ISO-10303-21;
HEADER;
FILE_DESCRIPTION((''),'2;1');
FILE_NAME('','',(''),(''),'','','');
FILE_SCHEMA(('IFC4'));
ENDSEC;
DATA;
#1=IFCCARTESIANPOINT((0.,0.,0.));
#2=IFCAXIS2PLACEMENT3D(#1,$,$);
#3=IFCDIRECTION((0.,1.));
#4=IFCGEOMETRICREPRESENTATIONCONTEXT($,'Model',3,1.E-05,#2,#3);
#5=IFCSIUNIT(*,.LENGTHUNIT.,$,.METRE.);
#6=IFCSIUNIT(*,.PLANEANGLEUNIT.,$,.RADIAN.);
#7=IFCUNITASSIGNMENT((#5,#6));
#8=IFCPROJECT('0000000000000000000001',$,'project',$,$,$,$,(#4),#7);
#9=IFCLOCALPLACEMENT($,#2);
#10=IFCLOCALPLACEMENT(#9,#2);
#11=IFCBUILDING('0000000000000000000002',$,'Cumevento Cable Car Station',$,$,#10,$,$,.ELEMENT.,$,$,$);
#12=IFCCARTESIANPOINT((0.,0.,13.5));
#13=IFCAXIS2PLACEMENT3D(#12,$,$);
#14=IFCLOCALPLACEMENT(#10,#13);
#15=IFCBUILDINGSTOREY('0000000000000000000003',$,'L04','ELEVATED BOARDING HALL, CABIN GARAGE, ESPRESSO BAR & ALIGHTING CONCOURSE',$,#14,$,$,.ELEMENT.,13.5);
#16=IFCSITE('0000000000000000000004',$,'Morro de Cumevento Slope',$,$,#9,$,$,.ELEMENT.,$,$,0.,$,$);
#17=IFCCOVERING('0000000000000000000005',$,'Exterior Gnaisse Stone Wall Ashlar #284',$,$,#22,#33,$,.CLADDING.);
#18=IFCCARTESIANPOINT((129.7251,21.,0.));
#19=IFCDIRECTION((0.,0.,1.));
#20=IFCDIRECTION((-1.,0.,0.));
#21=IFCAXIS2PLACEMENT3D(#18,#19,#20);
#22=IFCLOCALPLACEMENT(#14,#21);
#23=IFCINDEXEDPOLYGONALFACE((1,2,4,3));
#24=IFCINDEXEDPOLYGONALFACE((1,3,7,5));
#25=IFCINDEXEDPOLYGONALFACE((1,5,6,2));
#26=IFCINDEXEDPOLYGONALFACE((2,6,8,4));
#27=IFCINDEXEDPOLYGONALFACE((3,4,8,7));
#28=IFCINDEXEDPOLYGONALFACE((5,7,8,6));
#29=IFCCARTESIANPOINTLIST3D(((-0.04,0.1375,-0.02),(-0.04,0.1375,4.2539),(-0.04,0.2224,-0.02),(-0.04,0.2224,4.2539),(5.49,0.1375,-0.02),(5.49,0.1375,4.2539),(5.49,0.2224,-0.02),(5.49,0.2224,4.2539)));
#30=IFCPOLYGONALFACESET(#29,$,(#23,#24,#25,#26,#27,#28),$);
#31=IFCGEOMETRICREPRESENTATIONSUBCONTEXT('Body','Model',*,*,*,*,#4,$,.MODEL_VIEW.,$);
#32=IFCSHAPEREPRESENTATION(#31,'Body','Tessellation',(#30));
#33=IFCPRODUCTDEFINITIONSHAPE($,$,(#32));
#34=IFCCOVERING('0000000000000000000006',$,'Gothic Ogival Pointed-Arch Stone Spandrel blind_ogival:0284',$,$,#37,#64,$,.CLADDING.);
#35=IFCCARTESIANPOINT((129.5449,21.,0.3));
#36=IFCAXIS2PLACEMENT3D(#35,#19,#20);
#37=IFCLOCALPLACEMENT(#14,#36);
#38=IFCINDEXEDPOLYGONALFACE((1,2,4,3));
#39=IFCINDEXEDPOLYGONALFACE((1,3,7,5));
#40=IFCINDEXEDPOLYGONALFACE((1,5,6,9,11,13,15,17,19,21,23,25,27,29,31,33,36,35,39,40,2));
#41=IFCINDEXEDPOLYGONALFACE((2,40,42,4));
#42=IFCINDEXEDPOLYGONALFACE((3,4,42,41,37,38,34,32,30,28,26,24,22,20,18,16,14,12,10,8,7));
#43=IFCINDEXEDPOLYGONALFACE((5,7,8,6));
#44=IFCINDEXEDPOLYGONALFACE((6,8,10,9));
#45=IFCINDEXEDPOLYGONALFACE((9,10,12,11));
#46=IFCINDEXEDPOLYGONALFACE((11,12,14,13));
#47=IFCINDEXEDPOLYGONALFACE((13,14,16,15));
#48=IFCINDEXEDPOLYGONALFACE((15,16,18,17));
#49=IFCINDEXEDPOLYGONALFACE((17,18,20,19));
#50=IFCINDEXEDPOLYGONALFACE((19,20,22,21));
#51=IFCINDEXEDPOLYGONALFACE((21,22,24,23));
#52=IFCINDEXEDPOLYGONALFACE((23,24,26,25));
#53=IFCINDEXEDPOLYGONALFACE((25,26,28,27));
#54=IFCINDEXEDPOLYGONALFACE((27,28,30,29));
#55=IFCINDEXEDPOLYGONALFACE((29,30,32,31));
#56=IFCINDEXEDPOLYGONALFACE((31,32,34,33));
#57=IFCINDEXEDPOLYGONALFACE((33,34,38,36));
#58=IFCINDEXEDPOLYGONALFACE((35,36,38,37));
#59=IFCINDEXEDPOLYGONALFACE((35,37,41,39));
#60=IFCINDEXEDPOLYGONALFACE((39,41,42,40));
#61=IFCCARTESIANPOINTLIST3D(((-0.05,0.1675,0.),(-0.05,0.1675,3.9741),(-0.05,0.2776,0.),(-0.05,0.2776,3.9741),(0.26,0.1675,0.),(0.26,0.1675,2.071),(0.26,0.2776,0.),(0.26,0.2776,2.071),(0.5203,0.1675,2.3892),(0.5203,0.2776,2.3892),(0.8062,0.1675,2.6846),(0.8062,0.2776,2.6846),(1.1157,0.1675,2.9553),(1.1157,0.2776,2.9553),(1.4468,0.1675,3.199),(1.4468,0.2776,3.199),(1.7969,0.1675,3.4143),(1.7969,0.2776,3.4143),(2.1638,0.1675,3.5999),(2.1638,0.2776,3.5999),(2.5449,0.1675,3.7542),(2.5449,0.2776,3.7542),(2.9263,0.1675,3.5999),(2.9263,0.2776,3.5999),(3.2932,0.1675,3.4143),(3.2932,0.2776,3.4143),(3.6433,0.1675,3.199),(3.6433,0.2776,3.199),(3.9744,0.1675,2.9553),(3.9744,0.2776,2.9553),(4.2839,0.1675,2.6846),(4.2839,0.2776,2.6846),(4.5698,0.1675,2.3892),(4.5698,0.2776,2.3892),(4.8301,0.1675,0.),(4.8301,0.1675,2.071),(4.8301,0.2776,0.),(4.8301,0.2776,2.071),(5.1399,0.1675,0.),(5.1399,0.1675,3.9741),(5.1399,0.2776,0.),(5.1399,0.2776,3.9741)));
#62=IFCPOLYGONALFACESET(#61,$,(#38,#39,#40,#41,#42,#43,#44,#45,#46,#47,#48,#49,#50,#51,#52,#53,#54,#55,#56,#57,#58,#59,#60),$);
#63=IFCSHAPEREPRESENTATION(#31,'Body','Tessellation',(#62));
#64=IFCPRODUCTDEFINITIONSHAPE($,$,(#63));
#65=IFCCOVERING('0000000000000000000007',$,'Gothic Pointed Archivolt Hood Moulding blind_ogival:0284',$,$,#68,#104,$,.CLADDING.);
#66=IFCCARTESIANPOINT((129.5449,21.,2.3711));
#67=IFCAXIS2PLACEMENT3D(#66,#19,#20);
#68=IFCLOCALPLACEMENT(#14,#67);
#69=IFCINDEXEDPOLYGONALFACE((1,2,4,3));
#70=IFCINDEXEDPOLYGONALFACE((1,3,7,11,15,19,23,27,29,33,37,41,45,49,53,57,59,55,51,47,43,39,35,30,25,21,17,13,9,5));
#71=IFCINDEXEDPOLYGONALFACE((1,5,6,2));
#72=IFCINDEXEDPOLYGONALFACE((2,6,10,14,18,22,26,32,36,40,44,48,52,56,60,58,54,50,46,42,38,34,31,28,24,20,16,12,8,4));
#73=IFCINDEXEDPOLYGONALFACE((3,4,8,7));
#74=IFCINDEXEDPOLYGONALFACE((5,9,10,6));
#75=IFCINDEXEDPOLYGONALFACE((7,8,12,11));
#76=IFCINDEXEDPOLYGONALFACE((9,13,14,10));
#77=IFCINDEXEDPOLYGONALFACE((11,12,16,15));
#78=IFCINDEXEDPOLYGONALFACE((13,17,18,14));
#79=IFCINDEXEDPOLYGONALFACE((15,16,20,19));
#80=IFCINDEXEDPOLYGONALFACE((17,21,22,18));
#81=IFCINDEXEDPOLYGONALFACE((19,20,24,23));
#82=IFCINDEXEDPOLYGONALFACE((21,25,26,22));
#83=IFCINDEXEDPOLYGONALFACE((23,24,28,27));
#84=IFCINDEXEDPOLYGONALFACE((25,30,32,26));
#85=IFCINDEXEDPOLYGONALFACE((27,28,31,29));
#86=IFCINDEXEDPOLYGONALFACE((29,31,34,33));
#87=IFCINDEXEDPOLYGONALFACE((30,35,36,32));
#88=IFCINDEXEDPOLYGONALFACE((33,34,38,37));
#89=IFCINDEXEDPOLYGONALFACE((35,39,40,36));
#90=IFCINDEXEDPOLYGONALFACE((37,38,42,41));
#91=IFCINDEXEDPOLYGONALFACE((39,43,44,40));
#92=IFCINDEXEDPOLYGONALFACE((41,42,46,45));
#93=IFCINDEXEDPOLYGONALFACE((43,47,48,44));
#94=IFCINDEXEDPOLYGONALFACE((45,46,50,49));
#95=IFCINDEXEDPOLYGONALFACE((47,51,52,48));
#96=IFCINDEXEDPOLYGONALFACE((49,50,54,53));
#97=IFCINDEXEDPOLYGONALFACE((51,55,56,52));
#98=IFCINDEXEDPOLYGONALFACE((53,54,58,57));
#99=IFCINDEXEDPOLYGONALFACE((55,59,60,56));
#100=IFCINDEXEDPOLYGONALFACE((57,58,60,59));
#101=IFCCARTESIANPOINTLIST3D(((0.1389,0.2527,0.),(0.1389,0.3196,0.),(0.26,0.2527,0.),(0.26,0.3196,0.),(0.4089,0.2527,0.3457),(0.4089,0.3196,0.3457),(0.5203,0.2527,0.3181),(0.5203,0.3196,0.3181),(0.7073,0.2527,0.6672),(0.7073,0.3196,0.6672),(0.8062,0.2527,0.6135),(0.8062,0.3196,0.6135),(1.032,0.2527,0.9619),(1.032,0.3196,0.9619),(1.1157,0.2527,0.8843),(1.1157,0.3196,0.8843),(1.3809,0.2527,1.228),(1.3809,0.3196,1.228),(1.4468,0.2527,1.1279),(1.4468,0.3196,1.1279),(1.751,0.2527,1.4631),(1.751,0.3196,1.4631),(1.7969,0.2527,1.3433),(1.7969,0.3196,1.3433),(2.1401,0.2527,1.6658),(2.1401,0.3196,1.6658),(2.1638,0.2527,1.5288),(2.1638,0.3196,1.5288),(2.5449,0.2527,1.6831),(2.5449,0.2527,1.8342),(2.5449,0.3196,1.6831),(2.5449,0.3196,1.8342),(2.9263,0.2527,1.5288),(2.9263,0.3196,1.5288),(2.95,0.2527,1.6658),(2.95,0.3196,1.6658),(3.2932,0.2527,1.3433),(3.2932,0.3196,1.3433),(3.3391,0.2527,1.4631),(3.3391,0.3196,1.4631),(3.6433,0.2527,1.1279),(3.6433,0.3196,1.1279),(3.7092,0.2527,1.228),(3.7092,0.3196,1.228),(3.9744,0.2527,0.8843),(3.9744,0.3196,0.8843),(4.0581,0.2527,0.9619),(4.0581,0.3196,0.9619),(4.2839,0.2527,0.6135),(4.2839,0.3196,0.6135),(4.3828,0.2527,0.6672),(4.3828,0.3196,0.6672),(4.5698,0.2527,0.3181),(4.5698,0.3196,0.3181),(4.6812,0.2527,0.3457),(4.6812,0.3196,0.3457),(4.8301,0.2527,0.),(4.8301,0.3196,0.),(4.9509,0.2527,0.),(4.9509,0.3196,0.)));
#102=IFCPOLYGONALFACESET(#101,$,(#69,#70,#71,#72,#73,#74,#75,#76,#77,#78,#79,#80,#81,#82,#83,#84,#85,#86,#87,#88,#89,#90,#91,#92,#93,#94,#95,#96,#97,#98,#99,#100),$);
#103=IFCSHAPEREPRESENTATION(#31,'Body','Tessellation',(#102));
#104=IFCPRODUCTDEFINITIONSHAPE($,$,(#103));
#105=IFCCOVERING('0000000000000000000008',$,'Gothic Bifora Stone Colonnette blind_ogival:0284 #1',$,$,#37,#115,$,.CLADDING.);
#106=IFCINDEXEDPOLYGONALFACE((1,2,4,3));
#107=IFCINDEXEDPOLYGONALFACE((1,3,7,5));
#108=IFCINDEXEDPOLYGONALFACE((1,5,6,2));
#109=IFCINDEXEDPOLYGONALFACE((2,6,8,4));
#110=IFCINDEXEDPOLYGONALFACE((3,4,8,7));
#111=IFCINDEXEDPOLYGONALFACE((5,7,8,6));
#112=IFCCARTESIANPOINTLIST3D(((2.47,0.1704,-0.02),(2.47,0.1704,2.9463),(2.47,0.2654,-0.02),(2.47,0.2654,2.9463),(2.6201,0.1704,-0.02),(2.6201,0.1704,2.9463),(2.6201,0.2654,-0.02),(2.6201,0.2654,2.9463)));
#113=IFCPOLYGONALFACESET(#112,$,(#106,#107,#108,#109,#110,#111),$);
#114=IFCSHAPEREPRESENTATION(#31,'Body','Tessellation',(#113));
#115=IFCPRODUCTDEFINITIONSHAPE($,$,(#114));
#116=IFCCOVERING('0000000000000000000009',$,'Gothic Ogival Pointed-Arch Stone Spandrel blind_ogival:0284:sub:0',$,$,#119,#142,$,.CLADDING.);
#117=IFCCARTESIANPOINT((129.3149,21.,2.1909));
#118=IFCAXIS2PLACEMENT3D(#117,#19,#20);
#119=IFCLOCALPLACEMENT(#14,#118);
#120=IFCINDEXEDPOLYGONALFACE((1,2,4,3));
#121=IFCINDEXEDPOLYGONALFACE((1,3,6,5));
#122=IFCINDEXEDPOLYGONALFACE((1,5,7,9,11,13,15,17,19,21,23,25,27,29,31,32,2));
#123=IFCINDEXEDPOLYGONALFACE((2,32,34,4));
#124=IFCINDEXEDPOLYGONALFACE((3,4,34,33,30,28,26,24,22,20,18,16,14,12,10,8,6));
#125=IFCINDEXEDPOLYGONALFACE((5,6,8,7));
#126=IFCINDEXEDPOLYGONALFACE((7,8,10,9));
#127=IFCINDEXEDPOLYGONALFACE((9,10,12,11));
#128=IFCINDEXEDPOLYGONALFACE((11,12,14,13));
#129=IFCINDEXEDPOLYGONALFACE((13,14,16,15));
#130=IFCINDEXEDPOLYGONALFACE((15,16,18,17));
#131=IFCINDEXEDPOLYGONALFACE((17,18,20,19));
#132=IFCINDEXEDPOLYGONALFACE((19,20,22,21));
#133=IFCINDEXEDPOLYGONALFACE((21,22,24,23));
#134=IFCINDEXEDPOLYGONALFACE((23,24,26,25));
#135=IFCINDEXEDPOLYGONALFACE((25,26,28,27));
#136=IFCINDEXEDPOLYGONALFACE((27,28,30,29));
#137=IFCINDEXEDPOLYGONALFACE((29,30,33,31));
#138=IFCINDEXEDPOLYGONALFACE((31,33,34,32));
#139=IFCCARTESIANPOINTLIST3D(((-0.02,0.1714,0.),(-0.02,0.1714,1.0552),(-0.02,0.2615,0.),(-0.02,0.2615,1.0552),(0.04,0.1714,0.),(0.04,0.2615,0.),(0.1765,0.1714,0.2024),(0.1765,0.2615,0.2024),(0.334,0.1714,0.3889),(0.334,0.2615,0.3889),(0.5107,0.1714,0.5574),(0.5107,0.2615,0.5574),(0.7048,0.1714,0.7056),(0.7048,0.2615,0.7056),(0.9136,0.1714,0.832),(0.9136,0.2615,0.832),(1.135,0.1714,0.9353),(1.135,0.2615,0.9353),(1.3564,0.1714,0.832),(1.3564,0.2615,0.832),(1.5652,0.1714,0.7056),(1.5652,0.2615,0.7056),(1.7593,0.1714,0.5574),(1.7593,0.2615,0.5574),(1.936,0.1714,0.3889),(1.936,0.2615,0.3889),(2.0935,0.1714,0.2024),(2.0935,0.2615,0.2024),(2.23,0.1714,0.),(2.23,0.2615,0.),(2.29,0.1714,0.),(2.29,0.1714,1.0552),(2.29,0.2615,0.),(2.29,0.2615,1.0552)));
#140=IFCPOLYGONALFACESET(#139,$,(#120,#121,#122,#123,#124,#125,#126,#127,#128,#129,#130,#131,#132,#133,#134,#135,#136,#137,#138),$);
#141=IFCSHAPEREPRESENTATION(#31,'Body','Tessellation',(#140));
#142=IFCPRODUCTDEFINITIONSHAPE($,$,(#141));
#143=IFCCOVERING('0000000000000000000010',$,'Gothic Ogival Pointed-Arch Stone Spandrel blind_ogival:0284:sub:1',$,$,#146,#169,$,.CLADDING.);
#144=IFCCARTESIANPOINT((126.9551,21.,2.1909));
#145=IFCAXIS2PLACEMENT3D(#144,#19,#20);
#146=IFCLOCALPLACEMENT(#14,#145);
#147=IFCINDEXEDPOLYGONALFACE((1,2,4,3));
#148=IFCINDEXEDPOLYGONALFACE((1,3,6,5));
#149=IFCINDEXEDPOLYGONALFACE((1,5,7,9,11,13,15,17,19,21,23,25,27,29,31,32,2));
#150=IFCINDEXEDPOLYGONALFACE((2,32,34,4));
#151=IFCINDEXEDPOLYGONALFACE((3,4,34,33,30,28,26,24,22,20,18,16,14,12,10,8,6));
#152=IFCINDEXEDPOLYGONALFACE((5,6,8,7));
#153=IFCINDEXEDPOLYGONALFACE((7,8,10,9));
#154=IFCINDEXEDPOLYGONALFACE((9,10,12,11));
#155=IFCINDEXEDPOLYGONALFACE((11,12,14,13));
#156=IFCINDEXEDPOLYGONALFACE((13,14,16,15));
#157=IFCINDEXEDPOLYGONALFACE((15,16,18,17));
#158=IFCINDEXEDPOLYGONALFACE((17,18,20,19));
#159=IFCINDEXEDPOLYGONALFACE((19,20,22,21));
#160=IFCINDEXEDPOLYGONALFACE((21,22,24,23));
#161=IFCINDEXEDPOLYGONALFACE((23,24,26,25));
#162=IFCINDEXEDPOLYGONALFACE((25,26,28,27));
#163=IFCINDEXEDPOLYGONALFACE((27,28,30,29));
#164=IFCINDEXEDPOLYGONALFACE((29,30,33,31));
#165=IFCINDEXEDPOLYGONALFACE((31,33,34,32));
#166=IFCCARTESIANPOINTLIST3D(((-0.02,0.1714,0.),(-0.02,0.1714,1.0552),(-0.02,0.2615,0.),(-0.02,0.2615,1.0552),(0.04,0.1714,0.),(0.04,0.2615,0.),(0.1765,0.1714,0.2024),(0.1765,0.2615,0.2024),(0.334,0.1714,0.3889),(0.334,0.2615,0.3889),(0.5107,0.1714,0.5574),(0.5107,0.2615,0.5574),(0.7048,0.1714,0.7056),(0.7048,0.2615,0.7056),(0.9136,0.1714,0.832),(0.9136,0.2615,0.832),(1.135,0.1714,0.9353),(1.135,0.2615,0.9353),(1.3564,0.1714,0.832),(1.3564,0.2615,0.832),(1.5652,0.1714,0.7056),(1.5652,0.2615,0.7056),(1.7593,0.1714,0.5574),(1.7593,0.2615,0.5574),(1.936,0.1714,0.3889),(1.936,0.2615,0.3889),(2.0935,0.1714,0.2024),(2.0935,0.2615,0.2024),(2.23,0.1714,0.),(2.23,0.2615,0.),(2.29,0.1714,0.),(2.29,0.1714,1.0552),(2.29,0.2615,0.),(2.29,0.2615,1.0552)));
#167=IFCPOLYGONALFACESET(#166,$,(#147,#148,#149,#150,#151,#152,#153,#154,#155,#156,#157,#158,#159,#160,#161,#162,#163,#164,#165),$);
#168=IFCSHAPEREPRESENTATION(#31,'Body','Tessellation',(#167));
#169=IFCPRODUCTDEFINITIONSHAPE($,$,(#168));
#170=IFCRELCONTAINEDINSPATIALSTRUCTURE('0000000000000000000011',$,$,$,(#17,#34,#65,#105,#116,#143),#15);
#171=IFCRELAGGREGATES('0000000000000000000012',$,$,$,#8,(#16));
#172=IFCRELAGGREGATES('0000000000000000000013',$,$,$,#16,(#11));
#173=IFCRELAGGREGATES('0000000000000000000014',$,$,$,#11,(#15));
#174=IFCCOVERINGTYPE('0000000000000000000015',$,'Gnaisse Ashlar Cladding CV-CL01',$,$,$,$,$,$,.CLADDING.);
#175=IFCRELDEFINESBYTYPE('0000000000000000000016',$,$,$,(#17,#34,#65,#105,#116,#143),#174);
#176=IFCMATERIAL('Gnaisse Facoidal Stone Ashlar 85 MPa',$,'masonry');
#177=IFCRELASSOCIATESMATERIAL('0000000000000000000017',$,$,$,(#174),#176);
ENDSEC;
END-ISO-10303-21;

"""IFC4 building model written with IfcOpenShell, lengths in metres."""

from ifc_helpers import new_model, si_unit, direction, frame, origin, place, context, subcontext, project, spatial, polyline, outline, extrude, material, type_object, element, save


model = new_model("IFC4")

# Units and contexts
model_context = context("Model", 3, precision=1e-05, world=origin(), true_north=direction((0.0, 1.0)))
body_context = subcontext(model_context, "Body", "Model", "MODEL_VIEW")
ifc_project = project(units=[si_unit("LENGTHUNIT", "METRE"), si_unit("PLANEANGLEUNIT", "RADIAN")], contexts=[model_context])

# Site, building, storey
site_placement = place(None, origin())
site = spatial("IfcSite", under=ifc_project, at=site_placement, Name="Morro de Cumevento Slope", CompositionType="ELEMENT", RefElevation=0.0)
building_placement = place(site_placement, origin())
building = spatial("IfcBuilding", under=site, at=building_placement, Name="Cumevento Cable Car Station", CompositionType="ELEMENT")
storey_placement = place(building_placement, frame((0.0, 0.0, 13.5)))
storey = spatial("IfcBuildingStorey", under=building, at=storey_placement, Name="L04", Description="ELEVATED BOARDING HALL, CABIN GARAGE, ESPRESSO BAR & ALIGHTING CONCOURSE", CompositionType="ELEMENT", Elevation=13.5)

# Coverings
ifc_material_1 = material(Name="Gnaisse Facoidal Stone Ashlar 85 MPa", Category="masonry")
covering_type = type_object("IfcCoveringType", Name="Gnaisse Ashlar Cladding CV-CL01", PredefinedType="CLADDING", material=ifc_material_1)
covering_1_placement = place(storey_placement, frame((129.7251, 21.0, 0.0), z_axis=(0.0, 0.0, 1.0), x_axis=(-1.0, 0.0, 0.0)))
element("IfcCovering", 1, at=covering_1_placement, inside=storey, type_object=covering_type, Name="Exterior Gnaisse Stone Wall Ashlar #284", PredefinedType="CLADDING", context=body_context, shape_type="SweptSolid", body=[
    extrude(outline(polyline([(-0.04, -0.02), (5.49, -0.02), (5.49, 4.2539), (-0.04, 4.2539), (-0.04, -0.02)])), frame((0.0, 0.2224, 0.0), z_axis=(0.0, -1.0, 0.0), x_axis=(1.0, 0.0, 0.0)), (0.0, 0.0, 1.0), 0.085),
])
placement_1 = place(storey_placement, frame((129.5449, 21.0, 0.3), z_axis=(0.0, 0.0, 1.0), x_axis=(-1.0, 0.0, 0.0)))
element("IfcCovering", 2, at=placement_1, inside=storey, type_object=covering_type, Name="Gothic Ogival Pointed-Arch Stone Spandrel blind_ogival:0284", PredefinedType="CLADDING", context=body_context, shape_type="SweptSolid", body=[
    extrude(outline(polyline([(-0.05, 0.0), (-0.05, 3.9741), (5.1399, 3.9741), (5.1399, 0.0), (4.8301, 0.0), (4.8301, 2.071), (4.5698, 2.3892), (4.2839, 2.6846), (3.9744, 2.9553), (3.6433, 3.199), (3.2932, 3.4143), (2.9263, 3.5999), (2.5449, 3.7542), (2.1638, 3.5999), (1.7969, 3.4143), (1.4468, 3.199), (1.1157, 2.9553), (0.8062, 2.6846), (0.5203, 2.3892), (0.26, 2.071), (0.26, 0.0), (-0.05, 0.0)])), frame((0.0, 0.2776, 0.0), z_axis=(0.0, -1.0, 0.0), x_axis=(1.0, 0.0, 0.0)), (0.0, 0.0, 1.0), 0.1101),
])
covering_2_placement = place(storey_placement, frame((129.5449, 21.0, 2.3711), z_axis=(0.0, 0.0, 1.0), x_axis=(-1.0, 0.0, 0.0)))
element("IfcCovering", 3, at=covering_2_placement, inside=storey, type_object=covering_type, Name="Gothic Pointed Archivolt Hood Moulding blind_ogival:0284", PredefinedType="CLADDING", context=body_context, shape_type="SweptSolid", body=[
    extrude(outline(polyline([(0.26, 0.0), (0.5203, 0.3181), (0.8062, 0.6135), (1.1157, 0.8843), (1.4468, 1.1279), (1.7969, 1.3433), (2.1638, 1.5288), (2.5449, 1.6831), (2.9263, 1.5288), (3.2932, 1.3433), (3.6433, 1.1279), (3.9744, 0.8843), (4.2839, 0.6135), (4.5698, 0.3181), (4.8301, 0.0), (4.9509, 0.0), (4.6812, 0.3457), (4.3828, 0.6672), (4.0581, 0.9619), (3.7092, 1.228), (3.3391, 1.4631), (2.95, 1.6658), (2.5449, 1.8342), (2.1401, 1.6658), (1.751, 1.4631), (1.3809, 1.228), (1.032, 0.9619), (0.7073, 0.6672), (0.4089, 0.3457), (0.1389, 0.0), (0.26, 0.0)])), frame((0.0, 0.3196, 0.0), z_axis=(0.0, -1.0, 0.0), x_axis=(1.0, 0.0, 0.0)), (0.0, 0.0, 1.0), 0.0669),
])
element("IfcCovering", 4, at=placement_1, inside=storey, type_object=covering_type, Name="Gothic Bifora Stone Colonnette blind_ogival:0284 #1", PredefinedType="CLADDING", context=body_context, shape_type="SweptSolid", body=[
    extrude(outline(polyline([(2.47, -0.02), (2.6201, -0.02), (2.6201, 2.9463), (2.47, 2.9463), (2.47, -0.02)])), frame((0.0, 0.2654, 0.0), z_axis=(0.0, -1.0, 0.0), x_axis=(1.0, 0.0, 0.0)), (0.0, 0.0, 1.0), 0.095),
])
for number, where, z_axis, x_axis, name in (
    (5, (129.3149, 21.0, 2.1909), (0.0, 0.0, 1.0), (-1.0, 0.0, 0.0), "Gothic Ogival Pointed-Arch Stone Spandrel blind_ogival:0284:sub:0"),
    (6, (126.9551, 21.0, 2.1909), (0.0, 0.0, 1.0), (-1.0, 0.0, 0.0), "Gothic Ogival Pointed-Arch Stone Spandrel blind_ogival:0284:sub:1"),
):
    element("IfcCovering", number, at=place(storey_placement, frame(where, z_axis=z_axis, x_axis=x_axis)), inside=storey, type_object=covering_type, Name=name, PredefinedType="CLADDING", context=body_context, shape_type="SweptSolid", body=[
        extrude(outline(polyline([(-0.02, 0.0), (-0.02, 1.0552), (2.29, 1.0552), (2.29, 0.0), (2.23, 0.0), (2.0935, 0.2024), (1.936, 0.3889), (1.7593, 0.5574), (1.5652, 0.7056), (1.3564, 0.832), (1.135, 0.9353), (0.9136, 0.832), (0.7048, 0.7056), (0.5107, 0.5574), (0.334, 0.3889), (0.1765, 0.2024), (0.04, 0.0), (-0.02, 0.0)])), frame((0.0, 0.2615, 0.0), z_axis=(0.0, -1.0, 0.0), x_axis=(1.0, 0.0, 0.0)), (0.0, 0.0, 1.0), 0.0901),
    ])

save(model, "model.ifc")
